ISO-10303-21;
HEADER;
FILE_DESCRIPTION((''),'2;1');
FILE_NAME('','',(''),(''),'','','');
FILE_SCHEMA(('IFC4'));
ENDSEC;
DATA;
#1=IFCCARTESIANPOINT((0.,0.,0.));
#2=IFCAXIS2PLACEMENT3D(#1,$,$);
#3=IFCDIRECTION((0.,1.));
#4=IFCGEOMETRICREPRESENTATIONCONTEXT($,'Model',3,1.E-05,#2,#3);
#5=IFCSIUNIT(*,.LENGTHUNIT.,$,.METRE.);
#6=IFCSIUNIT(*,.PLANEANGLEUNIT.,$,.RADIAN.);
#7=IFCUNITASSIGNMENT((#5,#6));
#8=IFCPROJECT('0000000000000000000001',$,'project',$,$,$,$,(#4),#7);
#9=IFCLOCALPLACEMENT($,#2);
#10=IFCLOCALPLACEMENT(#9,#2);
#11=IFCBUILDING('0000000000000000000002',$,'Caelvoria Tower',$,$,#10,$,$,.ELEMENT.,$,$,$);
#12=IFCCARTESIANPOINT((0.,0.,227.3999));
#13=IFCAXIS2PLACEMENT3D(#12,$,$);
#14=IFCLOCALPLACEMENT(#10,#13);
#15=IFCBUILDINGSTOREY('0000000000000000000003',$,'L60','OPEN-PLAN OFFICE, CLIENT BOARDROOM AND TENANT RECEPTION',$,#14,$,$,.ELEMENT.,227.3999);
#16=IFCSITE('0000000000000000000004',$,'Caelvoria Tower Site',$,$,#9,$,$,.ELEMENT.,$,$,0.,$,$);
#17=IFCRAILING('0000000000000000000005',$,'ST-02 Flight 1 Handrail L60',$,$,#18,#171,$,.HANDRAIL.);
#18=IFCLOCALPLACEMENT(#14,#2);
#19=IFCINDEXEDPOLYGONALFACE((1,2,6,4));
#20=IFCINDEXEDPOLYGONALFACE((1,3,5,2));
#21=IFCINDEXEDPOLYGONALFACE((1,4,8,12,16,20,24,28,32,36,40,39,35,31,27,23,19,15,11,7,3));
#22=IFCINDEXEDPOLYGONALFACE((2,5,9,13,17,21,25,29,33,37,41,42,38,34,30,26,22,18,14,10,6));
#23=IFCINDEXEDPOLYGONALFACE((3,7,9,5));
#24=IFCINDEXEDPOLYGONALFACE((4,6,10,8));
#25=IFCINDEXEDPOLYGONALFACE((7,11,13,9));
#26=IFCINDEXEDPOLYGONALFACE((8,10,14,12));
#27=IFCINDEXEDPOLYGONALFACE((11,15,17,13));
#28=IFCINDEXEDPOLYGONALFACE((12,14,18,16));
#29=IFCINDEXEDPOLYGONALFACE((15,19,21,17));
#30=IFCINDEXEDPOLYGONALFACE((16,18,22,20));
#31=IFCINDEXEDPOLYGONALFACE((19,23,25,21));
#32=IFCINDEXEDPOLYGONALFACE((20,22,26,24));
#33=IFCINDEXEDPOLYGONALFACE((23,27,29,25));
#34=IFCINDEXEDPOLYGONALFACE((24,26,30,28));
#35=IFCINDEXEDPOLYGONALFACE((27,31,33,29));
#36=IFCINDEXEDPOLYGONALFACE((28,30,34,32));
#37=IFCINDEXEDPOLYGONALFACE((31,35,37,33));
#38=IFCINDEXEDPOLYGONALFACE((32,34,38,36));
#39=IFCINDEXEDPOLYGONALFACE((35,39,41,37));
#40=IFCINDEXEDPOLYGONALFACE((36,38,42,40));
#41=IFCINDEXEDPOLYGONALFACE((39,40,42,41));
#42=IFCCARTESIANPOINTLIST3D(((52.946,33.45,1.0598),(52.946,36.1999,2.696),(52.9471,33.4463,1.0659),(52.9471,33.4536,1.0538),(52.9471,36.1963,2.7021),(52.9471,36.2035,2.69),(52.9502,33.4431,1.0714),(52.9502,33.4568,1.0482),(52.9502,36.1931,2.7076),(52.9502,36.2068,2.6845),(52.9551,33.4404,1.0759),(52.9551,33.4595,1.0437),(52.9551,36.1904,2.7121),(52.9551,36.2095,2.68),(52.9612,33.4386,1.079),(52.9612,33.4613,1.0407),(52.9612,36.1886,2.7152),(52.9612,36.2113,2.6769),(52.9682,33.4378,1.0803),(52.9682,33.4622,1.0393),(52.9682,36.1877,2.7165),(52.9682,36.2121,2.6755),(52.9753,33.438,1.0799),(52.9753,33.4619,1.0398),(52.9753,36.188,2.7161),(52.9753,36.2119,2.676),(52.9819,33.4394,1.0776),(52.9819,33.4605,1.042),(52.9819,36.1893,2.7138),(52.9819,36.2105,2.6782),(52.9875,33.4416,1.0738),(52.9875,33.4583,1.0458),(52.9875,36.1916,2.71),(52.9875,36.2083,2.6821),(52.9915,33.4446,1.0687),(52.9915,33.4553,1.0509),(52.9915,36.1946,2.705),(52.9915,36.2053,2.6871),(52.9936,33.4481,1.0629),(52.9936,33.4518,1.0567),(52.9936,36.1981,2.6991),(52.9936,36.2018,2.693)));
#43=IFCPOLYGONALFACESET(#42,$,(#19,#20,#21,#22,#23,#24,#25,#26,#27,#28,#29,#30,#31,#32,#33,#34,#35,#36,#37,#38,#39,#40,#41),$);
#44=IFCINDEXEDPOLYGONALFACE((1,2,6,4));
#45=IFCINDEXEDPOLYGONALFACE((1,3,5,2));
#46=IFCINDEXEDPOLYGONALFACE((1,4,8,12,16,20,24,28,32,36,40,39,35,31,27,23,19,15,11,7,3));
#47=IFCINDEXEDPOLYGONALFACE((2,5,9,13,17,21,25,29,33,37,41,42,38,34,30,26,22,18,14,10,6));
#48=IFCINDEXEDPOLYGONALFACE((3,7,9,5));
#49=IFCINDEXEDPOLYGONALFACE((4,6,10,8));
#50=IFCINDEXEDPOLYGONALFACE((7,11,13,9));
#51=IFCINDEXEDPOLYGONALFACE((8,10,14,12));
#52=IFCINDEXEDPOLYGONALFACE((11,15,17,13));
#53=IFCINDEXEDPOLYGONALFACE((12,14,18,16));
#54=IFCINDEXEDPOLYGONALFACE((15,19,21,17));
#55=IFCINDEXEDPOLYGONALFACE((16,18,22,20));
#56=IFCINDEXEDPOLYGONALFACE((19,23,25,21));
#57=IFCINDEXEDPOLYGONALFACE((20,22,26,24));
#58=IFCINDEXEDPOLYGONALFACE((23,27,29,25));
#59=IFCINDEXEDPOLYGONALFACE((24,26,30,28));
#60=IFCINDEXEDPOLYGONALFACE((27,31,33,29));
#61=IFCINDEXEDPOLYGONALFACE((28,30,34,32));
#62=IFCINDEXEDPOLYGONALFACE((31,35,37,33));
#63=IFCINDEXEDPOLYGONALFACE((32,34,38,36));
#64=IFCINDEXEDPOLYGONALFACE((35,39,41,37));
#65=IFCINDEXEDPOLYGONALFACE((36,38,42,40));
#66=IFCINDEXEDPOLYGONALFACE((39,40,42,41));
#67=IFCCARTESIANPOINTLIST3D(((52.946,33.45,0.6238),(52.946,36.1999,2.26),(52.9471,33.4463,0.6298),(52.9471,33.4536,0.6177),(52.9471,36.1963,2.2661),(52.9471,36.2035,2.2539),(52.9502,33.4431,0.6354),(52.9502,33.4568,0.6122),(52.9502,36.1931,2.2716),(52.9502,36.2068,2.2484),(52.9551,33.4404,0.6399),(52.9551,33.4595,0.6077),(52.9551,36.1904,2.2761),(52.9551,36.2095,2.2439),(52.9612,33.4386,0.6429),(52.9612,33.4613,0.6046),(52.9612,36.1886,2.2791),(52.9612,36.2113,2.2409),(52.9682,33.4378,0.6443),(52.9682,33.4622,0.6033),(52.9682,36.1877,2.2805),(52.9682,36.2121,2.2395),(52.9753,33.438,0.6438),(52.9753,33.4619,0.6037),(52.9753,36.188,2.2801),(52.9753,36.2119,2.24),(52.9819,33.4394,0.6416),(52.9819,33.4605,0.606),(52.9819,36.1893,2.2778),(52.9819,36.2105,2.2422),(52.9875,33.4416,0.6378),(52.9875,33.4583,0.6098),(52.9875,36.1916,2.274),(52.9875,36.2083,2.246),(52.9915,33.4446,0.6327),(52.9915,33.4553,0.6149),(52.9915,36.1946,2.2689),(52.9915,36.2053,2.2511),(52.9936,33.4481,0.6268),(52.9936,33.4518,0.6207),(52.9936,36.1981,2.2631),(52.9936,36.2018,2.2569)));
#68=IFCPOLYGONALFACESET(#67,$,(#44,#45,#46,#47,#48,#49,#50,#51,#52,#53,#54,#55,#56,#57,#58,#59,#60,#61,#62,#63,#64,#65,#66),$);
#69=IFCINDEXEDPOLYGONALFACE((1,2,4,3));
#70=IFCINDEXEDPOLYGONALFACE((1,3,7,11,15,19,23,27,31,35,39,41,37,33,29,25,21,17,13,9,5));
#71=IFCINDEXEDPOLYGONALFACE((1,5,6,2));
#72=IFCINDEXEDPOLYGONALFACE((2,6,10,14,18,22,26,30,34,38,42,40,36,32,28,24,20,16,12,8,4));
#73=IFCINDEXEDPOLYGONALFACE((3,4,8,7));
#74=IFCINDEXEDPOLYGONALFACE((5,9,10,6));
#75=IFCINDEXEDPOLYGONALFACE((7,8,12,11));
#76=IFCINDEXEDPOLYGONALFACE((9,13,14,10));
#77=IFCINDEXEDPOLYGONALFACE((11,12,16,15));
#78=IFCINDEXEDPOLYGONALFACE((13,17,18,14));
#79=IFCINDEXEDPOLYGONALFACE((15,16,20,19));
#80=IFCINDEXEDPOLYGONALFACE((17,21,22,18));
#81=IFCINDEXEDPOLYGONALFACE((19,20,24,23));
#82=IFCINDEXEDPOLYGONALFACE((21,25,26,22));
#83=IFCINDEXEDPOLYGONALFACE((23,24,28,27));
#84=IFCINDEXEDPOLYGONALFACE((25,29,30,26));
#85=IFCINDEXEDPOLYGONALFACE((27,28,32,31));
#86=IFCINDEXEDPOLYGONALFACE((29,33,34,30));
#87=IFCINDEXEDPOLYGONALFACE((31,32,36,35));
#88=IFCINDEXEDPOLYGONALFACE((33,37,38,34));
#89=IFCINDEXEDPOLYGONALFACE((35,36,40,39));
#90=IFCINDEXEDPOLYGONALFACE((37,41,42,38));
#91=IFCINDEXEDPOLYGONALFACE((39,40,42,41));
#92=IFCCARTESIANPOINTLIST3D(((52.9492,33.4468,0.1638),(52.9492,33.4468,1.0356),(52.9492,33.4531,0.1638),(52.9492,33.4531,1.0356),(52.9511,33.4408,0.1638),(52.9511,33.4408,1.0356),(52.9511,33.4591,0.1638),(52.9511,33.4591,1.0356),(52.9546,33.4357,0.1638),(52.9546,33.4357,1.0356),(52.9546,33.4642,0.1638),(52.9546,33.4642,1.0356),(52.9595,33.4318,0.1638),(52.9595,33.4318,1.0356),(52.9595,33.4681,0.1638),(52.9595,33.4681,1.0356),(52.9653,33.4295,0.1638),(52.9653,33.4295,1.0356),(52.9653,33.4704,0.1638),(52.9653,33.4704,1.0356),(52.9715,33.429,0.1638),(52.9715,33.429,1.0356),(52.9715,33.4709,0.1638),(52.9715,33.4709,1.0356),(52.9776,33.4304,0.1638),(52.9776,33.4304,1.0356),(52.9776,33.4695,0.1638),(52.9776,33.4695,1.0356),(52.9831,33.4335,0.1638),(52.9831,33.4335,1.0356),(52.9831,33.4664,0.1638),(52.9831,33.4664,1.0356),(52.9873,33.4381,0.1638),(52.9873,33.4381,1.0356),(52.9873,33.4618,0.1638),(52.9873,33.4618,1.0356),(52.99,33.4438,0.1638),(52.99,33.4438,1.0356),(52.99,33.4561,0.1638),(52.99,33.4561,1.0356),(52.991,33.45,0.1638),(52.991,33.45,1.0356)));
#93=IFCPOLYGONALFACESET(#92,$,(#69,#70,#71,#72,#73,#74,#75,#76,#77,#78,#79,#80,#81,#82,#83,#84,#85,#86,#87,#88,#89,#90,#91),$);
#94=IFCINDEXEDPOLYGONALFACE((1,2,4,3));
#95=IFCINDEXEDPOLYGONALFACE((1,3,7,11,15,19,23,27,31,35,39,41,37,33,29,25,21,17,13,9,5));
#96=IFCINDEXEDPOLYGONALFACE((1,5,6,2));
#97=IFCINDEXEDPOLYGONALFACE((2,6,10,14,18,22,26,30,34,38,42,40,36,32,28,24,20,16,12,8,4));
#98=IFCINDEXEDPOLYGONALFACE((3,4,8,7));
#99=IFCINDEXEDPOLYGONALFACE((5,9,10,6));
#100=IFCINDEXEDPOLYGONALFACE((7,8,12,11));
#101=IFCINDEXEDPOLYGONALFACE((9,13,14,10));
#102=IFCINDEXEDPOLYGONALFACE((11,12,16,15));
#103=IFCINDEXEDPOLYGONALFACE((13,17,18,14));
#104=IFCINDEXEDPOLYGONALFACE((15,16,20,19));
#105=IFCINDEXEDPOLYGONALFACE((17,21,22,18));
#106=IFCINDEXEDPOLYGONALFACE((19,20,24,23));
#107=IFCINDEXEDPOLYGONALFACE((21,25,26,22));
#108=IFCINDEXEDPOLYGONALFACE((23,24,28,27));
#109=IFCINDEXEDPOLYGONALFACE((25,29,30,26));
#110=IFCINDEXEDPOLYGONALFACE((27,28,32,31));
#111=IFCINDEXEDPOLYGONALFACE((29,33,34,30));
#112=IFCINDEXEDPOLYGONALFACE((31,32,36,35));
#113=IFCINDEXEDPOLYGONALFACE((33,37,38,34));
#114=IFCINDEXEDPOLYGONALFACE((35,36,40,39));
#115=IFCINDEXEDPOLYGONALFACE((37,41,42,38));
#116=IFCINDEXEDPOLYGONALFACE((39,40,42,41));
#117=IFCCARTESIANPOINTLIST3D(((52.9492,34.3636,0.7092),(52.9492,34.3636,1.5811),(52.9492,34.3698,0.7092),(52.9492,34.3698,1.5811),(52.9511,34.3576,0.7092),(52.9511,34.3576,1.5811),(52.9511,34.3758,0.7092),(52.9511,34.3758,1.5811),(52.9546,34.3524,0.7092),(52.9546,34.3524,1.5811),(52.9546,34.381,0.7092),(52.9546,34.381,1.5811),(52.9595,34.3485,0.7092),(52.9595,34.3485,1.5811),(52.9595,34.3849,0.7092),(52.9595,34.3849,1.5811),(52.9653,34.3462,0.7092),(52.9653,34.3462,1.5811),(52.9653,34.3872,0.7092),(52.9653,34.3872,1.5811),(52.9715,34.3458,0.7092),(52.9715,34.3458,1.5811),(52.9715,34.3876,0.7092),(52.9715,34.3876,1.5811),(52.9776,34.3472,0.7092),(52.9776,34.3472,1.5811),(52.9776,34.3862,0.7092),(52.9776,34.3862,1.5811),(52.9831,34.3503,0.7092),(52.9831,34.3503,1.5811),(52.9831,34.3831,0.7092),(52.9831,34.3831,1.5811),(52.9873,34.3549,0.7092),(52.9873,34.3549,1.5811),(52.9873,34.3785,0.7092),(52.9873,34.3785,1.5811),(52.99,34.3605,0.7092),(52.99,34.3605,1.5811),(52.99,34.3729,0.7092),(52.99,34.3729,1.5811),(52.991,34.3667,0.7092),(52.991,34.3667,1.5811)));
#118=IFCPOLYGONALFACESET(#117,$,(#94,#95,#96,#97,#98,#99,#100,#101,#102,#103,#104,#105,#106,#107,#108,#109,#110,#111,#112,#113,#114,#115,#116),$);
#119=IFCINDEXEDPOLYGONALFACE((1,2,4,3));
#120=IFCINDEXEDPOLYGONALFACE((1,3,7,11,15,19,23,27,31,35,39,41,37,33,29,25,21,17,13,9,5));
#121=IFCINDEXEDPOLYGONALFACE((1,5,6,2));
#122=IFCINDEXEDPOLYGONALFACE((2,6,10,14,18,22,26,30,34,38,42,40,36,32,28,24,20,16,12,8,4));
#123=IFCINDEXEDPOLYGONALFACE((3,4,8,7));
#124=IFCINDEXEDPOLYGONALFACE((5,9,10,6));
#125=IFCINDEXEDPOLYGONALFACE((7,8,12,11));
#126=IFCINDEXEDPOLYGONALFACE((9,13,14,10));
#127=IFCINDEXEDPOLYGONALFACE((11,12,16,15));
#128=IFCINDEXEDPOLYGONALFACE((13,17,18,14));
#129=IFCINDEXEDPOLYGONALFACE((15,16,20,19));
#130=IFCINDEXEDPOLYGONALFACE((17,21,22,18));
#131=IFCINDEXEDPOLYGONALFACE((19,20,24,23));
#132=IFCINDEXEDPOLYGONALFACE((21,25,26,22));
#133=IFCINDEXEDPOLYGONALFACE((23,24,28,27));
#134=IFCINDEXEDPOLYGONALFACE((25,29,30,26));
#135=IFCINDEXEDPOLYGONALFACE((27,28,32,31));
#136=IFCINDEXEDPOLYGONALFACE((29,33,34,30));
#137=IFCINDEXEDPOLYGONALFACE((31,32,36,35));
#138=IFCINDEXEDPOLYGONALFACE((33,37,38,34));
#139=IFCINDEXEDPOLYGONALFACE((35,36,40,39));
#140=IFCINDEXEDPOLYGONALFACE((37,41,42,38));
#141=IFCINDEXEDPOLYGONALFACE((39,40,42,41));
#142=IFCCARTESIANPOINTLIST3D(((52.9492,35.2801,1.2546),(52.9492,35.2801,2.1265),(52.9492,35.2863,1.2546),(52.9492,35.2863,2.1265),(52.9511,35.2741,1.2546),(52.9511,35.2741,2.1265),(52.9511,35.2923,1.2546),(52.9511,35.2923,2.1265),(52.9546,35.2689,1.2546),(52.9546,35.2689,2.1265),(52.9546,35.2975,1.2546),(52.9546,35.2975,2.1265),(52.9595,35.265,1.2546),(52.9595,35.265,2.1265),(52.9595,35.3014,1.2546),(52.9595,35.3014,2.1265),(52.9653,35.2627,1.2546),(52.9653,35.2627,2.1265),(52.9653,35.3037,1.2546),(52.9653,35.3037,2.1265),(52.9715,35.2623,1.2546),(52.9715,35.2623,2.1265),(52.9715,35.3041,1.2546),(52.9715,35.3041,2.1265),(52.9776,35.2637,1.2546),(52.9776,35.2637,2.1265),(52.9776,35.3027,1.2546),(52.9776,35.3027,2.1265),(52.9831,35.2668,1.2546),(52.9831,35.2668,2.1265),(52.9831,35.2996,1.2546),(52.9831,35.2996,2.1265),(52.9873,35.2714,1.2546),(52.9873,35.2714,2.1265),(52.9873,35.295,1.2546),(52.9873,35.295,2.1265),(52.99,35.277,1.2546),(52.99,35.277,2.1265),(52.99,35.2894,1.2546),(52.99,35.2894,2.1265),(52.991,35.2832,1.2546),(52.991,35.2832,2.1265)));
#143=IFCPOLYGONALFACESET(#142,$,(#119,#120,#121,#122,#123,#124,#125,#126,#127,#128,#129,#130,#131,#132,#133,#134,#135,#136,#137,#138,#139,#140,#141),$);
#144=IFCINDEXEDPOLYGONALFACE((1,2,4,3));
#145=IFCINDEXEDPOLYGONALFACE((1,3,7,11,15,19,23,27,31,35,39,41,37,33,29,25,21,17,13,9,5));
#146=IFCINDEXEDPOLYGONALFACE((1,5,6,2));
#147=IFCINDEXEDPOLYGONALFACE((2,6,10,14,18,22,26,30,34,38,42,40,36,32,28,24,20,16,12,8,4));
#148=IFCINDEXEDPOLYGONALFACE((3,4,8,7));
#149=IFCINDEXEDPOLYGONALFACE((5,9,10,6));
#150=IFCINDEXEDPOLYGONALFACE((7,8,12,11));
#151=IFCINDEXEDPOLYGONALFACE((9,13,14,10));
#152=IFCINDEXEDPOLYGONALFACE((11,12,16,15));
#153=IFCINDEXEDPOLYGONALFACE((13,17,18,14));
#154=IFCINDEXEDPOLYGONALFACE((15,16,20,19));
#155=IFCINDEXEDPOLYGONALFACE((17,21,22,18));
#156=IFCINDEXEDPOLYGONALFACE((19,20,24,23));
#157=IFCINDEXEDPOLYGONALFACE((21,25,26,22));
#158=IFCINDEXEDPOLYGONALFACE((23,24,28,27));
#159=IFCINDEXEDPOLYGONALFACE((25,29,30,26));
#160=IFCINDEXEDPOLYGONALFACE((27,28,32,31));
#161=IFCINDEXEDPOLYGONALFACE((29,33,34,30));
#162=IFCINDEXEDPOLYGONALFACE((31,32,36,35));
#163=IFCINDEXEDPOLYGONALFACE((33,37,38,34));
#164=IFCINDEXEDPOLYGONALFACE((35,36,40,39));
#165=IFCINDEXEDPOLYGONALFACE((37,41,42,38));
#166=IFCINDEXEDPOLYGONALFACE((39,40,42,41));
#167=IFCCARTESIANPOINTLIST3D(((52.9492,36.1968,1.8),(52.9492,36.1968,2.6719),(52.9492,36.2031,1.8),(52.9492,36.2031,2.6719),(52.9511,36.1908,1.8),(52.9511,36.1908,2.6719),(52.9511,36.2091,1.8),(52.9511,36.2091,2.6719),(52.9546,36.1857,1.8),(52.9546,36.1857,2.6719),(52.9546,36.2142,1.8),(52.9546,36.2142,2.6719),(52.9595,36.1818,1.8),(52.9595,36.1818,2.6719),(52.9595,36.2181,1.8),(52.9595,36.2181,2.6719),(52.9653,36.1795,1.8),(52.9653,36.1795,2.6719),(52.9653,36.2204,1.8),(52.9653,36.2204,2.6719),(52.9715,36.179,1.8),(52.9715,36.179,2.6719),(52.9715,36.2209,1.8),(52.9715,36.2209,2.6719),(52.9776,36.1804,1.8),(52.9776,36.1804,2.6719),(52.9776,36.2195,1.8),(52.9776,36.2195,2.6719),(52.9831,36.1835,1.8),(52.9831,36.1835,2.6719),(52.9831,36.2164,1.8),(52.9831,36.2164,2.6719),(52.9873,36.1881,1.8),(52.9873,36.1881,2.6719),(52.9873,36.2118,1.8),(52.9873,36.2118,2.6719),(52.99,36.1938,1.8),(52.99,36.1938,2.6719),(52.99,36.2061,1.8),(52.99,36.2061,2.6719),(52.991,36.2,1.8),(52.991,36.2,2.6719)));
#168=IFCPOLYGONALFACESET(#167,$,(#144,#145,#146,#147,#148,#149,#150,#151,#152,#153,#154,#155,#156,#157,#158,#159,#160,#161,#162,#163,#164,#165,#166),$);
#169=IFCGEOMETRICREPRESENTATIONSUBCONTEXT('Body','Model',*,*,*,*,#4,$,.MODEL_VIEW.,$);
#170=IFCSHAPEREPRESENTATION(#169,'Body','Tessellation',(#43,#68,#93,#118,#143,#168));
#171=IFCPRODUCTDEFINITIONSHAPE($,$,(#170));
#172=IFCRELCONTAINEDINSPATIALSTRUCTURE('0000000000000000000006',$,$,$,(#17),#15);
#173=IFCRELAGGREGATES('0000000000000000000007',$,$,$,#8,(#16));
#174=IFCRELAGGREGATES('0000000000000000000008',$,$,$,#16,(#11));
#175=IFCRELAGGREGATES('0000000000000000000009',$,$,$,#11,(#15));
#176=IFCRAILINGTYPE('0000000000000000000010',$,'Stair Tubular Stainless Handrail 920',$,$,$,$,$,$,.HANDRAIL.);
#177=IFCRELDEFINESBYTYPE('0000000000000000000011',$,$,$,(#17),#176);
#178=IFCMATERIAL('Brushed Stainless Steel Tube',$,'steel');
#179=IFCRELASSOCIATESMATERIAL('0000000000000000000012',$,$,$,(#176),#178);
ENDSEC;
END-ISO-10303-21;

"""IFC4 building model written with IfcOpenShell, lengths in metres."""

from ifc_helpers import new_model, si_unit, direction, frame, origin, origin_2d, place, context, subcontext, project, spatial, circle, extrude, material, type_object, element, save


model = new_model("IFC4")

# Units and contexts
model_context = context("Model", 3, precision=1e-05, world=origin(), true_north=direction((0.0, 1.0)))
body_context = subcontext(model_context, "Body", "Model", "MODEL_VIEW")
ifc_project = project(units=[si_unit("LENGTHUNIT", "METRE"), si_unit("PLANEANGLEUNIT", "RADIAN")], contexts=[model_context])

# Site, building, storey
site_placement = place(None, origin())
site = spatial("IfcSite", under=ifc_project, at=site_placement, Name="Caelvoria Tower Site", CompositionType="ELEMENT", RefElevation=0.0)
building_placement = place(site_placement, origin())
building = spatial("IfcBuilding", under=site, at=building_placement, Name="Caelvoria Tower", CompositionType="ELEMENT")
storey_placement = place(building_placement, frame((0.0, 0.0, 227.3999)))
storey = spatial("IfcBuildingStorey", under=building, at=storey_placement, Name="L60", Description="OPEN-PLAN OFFICE, CLIENT BOARDROOM AND TENANT RECEPTION", CompositionType="ELEMENT", Elevation=227.3999)

# Railing
ifc_material_1 = material(Name="Brushed Stainless Steel Tube", Category="steel")
railing_type_1 = type_object("IfcRailingType", Name="Stair Tubular Stainless Handrail 920", PredefinedType="HANDRAIL", material=ifc_material_1)
railing_1_placement = place(storey_placement, frame((52.97, 33.45, 0.1638)))
element("IfcRailing", 1, at=railing_1_placement, inside=storey, type_object=railing_type_1, Name="ST-02 Flight 1 Handrail L60", PredefinedType="HANDRAIL", context=body_context, shape_type="SweptSolid", body=[
    extrude(circle(Radius=0.0239, at=origin_2d()), frame((0.0, 0.0, 0.896), z_axis=(0.0, 0.859385, 0.511328), x_axis=(-1.0, 0.0, 0.0)), (0.0, 0.0, 1.0), 3.2),
    extrude(circle(Radius=0.0239, at=origin_2d()), frame((0.0, 0.0, 0.46), z_axis=(0.0, 0.859385, 0.511328), x_axis=(-1.0, 0.0, 0.0)), (0.0, 0.0, 1.0), 3.2),
    extrude(circle(Radius=0.021, at=origin_2d()), origin(), (0.0, 0.0, 1.0), 0.8718),
    extrude(circle(Radius=0.021, at=origin_2d()), frame((0.0, 0.9167, 0.5454)), (0.0, 0.0, 1.0), 0.8718),
    extrude(circle(Radius=0.021, at=origin_2d()), frame((0.0, 1.8333, 1.0908)), (0.0, 0.0, 1.0), 0.8718),
    extrude(circle(Radius=0.021, at=origin_2d()), frame((0.0, 2.75, 1.6362)), (0.0, 0.0, 1.0), 0.8718),
])

save(model, "model.ifc")
